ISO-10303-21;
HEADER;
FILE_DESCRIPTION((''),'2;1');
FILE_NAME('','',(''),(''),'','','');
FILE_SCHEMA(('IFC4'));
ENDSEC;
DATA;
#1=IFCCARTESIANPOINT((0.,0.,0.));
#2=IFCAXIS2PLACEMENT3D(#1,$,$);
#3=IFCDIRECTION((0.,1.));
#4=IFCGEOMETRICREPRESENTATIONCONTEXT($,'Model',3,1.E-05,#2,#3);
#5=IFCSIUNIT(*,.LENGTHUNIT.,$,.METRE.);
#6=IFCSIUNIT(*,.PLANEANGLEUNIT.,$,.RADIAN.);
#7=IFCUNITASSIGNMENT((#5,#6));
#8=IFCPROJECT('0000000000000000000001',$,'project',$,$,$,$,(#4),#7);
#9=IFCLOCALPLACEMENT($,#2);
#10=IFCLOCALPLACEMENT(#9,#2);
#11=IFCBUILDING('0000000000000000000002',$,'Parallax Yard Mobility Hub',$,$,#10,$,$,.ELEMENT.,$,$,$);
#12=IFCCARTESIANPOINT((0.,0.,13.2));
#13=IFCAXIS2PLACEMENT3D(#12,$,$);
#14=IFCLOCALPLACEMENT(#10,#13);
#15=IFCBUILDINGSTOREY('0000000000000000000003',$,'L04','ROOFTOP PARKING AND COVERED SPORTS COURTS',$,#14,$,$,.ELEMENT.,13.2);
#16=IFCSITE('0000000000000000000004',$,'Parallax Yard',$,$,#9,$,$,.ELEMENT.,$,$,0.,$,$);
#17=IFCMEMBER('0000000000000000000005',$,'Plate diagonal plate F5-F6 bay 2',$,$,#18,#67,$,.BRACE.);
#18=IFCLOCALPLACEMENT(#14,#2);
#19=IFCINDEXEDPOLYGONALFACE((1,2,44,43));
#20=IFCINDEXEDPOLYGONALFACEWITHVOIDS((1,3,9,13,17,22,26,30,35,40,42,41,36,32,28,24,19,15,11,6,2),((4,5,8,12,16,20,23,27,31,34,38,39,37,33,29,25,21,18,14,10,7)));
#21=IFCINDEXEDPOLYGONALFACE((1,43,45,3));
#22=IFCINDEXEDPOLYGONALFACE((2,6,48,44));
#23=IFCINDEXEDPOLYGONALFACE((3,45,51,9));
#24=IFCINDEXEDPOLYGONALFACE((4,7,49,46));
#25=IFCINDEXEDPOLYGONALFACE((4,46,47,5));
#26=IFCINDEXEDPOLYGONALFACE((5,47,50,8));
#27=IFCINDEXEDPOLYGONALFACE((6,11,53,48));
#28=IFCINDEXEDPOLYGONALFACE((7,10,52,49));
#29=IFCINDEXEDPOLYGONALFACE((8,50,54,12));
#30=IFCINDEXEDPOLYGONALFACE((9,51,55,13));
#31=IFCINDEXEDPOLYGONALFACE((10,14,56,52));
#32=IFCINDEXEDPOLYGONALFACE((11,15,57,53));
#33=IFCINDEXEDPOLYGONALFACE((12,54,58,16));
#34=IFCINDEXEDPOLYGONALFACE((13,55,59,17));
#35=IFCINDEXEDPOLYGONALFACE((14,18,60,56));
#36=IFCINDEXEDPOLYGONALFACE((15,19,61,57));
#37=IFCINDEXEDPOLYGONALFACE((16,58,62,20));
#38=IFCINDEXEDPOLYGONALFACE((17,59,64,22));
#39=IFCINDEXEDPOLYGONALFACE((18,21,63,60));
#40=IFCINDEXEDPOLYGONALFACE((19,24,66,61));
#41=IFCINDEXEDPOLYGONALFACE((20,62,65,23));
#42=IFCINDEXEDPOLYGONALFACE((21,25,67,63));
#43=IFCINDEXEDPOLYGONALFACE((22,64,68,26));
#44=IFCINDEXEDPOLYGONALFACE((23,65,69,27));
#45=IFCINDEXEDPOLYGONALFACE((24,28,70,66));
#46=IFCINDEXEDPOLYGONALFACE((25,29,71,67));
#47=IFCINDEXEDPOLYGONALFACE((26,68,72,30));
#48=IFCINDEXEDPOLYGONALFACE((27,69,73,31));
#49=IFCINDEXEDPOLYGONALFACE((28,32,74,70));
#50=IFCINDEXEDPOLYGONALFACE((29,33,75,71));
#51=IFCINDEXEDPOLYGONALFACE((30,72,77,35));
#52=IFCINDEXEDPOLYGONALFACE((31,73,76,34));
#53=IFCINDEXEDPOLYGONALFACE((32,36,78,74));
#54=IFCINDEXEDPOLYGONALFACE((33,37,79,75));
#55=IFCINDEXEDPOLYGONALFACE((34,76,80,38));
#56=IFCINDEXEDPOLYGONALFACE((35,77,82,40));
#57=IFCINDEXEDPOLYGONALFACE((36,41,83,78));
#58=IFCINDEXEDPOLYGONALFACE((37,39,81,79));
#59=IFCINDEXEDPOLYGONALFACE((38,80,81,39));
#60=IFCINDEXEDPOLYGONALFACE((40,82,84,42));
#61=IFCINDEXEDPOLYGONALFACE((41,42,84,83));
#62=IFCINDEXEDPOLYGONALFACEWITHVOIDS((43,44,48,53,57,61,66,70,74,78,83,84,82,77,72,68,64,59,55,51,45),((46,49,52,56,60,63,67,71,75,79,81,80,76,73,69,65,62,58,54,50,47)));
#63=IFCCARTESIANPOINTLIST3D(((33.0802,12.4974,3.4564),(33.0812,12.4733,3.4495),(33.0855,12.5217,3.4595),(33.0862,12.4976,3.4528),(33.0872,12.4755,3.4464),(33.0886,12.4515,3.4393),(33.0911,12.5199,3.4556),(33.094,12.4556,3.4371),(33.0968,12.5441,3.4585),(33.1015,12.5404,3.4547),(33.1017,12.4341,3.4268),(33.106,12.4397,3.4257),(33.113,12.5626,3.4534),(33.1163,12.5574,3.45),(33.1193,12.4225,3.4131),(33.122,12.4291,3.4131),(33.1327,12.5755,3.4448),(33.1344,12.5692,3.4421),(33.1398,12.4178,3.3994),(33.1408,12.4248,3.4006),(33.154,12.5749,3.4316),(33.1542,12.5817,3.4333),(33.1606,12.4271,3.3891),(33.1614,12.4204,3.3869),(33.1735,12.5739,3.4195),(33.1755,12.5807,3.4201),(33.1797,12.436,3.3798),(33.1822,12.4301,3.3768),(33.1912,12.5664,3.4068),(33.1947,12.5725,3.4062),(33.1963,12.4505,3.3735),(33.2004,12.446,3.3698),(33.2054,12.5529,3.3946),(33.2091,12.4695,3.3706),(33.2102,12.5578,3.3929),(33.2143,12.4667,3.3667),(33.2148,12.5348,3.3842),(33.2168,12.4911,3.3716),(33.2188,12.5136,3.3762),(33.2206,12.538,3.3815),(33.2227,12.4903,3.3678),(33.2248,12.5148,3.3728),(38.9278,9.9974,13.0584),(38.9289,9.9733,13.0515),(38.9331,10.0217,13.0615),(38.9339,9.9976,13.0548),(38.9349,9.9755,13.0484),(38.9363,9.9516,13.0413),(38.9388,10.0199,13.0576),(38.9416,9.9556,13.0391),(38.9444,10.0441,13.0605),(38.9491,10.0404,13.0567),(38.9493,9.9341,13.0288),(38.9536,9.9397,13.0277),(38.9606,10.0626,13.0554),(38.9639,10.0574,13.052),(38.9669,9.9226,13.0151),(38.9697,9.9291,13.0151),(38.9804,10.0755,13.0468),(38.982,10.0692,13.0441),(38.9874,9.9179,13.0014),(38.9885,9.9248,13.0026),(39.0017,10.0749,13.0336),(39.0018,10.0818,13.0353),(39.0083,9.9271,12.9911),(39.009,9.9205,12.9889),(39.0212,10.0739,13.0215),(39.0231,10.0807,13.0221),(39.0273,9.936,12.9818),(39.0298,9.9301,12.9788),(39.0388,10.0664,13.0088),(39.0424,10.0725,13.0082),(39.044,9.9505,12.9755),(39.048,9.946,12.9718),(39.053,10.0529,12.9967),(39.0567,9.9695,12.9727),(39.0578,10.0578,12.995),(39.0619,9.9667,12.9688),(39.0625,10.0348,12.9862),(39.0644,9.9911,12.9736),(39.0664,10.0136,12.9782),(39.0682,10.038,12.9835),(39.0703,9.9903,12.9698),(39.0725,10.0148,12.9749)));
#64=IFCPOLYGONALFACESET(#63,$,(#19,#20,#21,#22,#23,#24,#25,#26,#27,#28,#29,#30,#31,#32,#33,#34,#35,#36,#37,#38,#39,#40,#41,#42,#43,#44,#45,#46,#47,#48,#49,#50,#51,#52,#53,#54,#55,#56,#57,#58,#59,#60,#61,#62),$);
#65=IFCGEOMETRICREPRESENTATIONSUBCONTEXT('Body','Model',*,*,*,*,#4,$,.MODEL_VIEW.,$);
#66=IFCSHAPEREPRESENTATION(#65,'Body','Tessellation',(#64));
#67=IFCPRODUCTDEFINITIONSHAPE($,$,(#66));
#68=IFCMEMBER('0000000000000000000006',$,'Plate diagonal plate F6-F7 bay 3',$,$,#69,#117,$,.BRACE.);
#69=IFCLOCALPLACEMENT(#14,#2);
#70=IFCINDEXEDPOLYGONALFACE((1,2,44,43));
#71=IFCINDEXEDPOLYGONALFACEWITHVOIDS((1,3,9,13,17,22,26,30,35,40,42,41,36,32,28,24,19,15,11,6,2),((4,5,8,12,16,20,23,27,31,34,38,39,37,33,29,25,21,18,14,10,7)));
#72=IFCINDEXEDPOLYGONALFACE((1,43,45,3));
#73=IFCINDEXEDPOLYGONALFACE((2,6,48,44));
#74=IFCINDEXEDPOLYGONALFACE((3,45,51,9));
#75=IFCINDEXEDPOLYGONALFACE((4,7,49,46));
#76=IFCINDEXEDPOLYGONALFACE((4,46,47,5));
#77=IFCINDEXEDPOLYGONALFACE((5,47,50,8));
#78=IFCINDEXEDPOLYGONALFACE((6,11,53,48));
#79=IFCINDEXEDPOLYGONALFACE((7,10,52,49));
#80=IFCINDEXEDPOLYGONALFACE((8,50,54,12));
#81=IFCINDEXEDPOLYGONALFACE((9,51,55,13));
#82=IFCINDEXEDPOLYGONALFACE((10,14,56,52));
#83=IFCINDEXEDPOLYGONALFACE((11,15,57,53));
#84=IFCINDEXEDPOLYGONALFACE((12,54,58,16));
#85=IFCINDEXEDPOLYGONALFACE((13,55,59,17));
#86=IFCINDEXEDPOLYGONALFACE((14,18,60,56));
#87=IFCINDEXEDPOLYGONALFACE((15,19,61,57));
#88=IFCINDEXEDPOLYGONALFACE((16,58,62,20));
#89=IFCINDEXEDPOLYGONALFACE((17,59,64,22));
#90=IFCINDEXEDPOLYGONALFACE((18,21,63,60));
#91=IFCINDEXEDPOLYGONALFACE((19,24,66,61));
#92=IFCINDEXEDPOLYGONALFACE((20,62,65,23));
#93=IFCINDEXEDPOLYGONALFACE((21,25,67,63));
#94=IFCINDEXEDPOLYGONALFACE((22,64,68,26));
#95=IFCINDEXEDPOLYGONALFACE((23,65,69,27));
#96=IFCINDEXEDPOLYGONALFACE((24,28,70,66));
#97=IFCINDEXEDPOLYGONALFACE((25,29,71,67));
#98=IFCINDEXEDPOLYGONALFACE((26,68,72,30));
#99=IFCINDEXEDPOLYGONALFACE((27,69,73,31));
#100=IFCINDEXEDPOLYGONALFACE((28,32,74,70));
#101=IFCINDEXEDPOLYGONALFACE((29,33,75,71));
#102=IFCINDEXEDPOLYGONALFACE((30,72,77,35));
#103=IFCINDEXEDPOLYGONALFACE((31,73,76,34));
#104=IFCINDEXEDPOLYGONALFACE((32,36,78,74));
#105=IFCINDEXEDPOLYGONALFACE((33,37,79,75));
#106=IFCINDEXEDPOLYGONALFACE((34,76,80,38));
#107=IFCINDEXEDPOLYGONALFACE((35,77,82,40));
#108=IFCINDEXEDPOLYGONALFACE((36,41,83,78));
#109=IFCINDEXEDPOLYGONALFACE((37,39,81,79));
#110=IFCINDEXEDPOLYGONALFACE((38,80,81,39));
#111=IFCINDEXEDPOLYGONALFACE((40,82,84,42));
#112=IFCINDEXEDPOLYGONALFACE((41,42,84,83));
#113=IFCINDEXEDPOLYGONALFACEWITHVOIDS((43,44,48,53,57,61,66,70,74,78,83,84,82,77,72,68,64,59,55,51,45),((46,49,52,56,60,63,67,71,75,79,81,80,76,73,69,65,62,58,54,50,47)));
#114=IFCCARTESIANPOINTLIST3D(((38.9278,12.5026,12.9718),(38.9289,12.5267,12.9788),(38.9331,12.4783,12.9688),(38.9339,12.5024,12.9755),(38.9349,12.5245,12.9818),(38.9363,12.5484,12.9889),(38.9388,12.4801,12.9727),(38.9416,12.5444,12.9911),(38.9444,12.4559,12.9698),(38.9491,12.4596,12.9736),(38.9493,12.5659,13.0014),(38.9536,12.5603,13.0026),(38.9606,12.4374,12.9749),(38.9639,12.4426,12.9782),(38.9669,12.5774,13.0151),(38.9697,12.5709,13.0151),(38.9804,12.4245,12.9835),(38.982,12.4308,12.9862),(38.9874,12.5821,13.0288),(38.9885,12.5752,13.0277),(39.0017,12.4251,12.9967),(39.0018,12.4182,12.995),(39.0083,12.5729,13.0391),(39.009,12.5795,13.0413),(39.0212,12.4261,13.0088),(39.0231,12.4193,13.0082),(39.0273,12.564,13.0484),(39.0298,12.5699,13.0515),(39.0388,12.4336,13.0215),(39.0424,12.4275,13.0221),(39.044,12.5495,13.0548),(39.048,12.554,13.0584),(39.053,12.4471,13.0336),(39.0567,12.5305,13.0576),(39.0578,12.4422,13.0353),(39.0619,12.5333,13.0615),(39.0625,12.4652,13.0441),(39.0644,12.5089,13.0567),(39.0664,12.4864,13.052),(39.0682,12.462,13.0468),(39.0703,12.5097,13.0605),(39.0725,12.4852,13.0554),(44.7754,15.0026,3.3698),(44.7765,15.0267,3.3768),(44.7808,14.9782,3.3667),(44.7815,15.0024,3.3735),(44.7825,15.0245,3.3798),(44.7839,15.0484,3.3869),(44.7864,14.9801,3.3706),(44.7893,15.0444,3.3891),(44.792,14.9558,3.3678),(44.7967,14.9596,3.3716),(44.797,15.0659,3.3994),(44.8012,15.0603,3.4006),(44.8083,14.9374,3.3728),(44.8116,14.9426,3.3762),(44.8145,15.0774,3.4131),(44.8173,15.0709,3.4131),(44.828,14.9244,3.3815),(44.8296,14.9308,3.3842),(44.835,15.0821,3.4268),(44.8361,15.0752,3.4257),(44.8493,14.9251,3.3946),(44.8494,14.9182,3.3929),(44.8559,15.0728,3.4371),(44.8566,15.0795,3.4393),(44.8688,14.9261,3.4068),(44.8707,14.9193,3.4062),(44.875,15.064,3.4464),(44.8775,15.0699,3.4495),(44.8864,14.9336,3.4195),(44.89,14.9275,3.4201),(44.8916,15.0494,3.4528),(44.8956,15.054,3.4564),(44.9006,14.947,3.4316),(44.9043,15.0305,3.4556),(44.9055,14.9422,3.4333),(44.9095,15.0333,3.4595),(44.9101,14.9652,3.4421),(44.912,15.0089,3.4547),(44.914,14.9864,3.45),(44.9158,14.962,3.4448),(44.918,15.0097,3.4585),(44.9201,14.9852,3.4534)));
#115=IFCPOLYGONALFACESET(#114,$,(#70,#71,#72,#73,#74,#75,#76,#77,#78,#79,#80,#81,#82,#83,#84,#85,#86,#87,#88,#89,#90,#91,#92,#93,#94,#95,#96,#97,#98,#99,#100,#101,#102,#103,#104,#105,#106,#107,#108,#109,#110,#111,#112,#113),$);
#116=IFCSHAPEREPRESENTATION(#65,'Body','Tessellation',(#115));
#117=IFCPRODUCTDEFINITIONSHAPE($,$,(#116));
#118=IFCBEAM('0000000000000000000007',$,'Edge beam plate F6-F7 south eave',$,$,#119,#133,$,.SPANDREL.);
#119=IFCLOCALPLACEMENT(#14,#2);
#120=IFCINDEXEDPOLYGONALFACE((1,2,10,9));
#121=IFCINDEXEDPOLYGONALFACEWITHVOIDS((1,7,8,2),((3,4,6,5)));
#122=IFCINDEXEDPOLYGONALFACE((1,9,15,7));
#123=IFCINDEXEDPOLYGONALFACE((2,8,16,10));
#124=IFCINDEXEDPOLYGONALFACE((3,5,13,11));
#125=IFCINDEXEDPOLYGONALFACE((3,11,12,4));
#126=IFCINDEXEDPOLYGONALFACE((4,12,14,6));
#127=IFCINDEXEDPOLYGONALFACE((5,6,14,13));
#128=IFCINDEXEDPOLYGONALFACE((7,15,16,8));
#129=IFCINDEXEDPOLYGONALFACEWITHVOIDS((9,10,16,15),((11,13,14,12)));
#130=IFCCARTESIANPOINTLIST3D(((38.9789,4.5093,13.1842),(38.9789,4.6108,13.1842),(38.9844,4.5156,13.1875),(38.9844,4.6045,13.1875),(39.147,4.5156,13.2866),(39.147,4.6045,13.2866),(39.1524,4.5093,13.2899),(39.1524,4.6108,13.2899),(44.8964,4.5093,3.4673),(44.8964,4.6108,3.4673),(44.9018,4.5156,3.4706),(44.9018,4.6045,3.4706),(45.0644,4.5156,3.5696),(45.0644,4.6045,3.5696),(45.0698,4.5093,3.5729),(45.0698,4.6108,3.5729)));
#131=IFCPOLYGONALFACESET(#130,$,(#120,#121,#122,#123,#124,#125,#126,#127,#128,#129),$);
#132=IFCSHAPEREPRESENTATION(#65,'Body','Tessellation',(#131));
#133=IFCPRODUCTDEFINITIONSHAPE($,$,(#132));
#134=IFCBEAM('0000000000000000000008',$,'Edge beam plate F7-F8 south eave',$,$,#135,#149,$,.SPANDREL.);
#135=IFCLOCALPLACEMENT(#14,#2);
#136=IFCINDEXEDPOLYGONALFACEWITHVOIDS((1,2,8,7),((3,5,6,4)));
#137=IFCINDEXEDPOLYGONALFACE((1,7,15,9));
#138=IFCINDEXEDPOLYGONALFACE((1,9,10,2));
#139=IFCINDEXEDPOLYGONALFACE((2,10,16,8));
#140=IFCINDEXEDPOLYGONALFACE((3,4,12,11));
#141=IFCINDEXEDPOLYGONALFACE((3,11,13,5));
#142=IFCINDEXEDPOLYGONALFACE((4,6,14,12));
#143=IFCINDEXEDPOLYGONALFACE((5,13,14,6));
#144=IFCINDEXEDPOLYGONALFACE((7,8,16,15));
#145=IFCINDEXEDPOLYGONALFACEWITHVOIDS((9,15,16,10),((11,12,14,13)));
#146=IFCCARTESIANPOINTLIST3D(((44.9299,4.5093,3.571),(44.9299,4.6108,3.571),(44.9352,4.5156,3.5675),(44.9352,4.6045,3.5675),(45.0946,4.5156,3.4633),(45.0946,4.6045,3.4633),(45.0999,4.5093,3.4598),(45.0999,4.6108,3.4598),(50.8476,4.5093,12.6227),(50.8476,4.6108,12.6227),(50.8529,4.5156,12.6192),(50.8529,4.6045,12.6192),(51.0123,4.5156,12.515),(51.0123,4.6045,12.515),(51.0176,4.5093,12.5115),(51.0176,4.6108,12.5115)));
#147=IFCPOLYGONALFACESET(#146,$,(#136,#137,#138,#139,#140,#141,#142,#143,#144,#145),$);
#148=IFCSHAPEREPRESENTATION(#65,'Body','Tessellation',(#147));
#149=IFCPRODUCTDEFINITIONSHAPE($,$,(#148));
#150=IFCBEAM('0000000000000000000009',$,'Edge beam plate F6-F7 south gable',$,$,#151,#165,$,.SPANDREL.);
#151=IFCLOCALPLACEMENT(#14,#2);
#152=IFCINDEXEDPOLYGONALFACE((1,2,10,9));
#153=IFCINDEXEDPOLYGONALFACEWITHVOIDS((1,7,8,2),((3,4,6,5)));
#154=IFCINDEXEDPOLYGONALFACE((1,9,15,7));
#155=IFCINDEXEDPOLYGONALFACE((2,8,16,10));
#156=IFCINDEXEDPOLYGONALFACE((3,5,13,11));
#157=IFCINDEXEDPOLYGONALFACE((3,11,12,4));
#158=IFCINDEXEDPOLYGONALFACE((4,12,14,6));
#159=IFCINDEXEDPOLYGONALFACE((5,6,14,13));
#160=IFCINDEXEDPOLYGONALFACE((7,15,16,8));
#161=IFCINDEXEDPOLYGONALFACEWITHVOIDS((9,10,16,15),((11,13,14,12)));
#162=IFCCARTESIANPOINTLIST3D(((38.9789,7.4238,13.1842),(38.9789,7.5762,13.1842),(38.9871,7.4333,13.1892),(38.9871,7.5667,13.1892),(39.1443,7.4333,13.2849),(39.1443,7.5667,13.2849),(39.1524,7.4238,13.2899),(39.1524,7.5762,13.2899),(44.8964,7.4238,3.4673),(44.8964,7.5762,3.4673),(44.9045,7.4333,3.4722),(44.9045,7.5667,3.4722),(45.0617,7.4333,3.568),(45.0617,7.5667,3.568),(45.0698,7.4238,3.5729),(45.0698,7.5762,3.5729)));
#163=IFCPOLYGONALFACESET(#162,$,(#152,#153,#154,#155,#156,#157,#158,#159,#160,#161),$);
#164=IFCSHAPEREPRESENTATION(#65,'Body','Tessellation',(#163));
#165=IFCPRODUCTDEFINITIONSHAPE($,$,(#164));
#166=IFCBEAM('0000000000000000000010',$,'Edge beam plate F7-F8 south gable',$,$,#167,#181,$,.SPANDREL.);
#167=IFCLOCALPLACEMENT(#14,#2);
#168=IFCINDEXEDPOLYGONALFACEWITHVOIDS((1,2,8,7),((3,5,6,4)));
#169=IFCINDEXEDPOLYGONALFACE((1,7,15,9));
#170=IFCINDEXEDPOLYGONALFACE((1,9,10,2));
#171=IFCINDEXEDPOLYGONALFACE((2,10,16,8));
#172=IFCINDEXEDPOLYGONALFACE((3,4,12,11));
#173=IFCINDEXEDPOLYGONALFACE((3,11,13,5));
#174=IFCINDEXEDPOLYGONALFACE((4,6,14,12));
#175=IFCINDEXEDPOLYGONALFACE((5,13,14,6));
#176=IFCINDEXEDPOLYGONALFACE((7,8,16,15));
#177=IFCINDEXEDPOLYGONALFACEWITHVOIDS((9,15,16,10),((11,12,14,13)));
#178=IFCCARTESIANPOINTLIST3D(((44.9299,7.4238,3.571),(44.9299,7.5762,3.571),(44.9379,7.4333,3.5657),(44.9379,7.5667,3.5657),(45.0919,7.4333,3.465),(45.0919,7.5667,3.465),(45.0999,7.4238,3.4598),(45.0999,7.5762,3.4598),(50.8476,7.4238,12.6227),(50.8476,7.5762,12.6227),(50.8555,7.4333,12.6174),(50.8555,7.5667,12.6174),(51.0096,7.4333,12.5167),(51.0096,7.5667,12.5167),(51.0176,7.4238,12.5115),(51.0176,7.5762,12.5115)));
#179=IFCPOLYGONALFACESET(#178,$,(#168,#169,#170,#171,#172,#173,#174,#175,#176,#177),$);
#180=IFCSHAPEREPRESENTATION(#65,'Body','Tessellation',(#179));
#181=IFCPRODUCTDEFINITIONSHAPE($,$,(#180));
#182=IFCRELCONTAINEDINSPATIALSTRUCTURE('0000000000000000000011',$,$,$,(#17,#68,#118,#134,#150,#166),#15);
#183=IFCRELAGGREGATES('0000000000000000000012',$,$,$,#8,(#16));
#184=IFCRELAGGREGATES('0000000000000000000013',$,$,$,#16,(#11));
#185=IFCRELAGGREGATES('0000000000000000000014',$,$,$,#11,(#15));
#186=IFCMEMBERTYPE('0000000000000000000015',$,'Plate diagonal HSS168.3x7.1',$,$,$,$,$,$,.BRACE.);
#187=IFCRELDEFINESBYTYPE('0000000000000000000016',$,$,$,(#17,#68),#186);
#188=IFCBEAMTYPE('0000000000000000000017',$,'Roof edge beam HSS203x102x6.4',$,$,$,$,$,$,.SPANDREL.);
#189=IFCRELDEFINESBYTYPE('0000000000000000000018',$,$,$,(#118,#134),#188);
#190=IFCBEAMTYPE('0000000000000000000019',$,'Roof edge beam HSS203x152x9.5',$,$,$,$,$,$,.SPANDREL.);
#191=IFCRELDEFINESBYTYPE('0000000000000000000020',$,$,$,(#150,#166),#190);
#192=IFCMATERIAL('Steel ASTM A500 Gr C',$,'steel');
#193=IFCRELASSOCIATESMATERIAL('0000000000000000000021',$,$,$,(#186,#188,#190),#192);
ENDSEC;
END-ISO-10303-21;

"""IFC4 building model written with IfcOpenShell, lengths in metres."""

from ifc_helpers import new_model, si_unit, direction, frame, origin, origin_2d, place, context, subcontext, project, spatial, hollow_rectangle, hollow_circle, extrude, material, material_profile, profile_set, type_object, element, save


model = new_model("IFC4")

# Units and contexts
model_context = context("Model", 3, precision=1e-05, world=origin(), true_north=direction((0.0, 1.0)))
body_context = subcontext(model_context, "Body", "Model", "MODEL_VIEW")
ifc_project = project(units=[si_unit("LENGTHUNIT", "METRE"), si_unit("PLANEANGLEUNIT", "RADIAN")], contexts=[model_context])

# Site, building, storey
site_placement = place(None, origin())
site = spatial("IfcSite", under=ifc_project, at=site_placement, Name="Parallax Yard", CompositionType="ELEMENT", RefElevation=0.0)
building_placement = place(site_placement, origin())
building = spatial("IfcBuilding", under=site, at=building_placement, Name="Parallax Yard Mobility Hub", CompositionType="ELEMENT")
storey_placement = place(building_placement, frame((0.0, 0.0, 13.2)))
storey = spatial("IfcBuildingStorey", under=building, at=storey_placement, Name="L04", Description="ROOFTOP PARKING AND COVERED SPORTS COURTS", CompositionType="ELEMENT", Elevation=13.2)

# Members
ifc_material_1 = material(Name="Steel ASTM A500 Gr C", Category="steel")
ifc_material_profile_1 = material_profile(ifc_material_1, hollow_circle(Radius=0.0842, WallThickness=0.0071, at=origin_2d()), Name="HSS168.3x7.1")
ifc_profile_set_1 = profile_set([ifc_material_profile_1], Name="Steel ASTM A500 Gr C")
member_type_1 = type_object("IfcMemberType", Name="Plate diagonal HSS168.3x7.1", PredefinedType="BRACE", material=ifc_profile_set_1)
for number, where, z_axis, x_axis, name in (
    (1, (39.0, 10.0, 13.0151), (-0.507735, 0.217068, -0.833718), (-0.393104, -0.919494, 0.0), "Plate diagonal plate F5-F6 bay 2"),
    (2, (39.0, 12.5, 13.0151), (0.507735, 0.217068, -0.833718), (-0.393104, 0.919494, 0.0), "Plate diagonal plate F6-F7 bay 3"),
):
    element("IfcMember", number, at=place(storey_placement, frame(where, z_axis=z_axis, x_axis=x_axis)), inside=storey, type_object=member_type_1, Name=name, PredefinedType="BRACE", context=body_context, shape_type="SweptSolid", body=[
        extrude(hollow_circle(Radius=0.0842, WallThickness=0.0071, at=origin_2d()), origin(), (0.0, 0.0, 1.0), 11.5171),
    ])

# Beams
ifc_material_profile_2 = material_profile(ifc_material_1, hollow_rectangle(XDim=0.1016, YDim=0.2031, WallThickness=0.0063, at=origin_2d()), Name="HSS203x102x6.4")
ifc_profile_set_2 = profile_set([ifc_material_profile_2], Name="Steel ASTM A500 Gr C")
beam_type_1 = type_object("IfcBeamType", Name="Roof edge beam HSS203x102x6.4", PredefinedType="SPANDREL", material=ifc_profile_set_2)
beam_1_placement = place(storey_placement, frame((39.0657, 4.5601, 13.2371), z_axis=(0.520124, 0.0, -0.854091), x_axis=(0.0, 1.0, 0.0)))
element("IfcBeam", 3, at=beam_1_placement, inside=storey, type_object=beam_type_1, Name="Edge beam plate F6-F7 south eave", PredefinedType="SPANDREL", context=body_context, shape_type="SweptSolid", body=[
    extrude(hollow_rectangle(XDim=0.1016, YDim=0.2031, WallThickness=0.0063, at=origin_2d()), origin(), (0.0, 0.0, 1.0), 11.377),
])
beam_2_placement = place(storey_placement, frame((45.0149, 4.5601, 3.5154), z_axis=(0.547202, 0.0, 0.837001), x_axis=(0.0, 1.0, 0.0)))
element("IfcBeam", 4, at=beam_2_placement, inside=storey, type_object=beam_type_1, Name="Edge beam plate F7-F8 south eave", PredefinedType="SPANDREL", context=body_context, shape_type="SweptSolid", body=[
    extrude(hollow_rectangle(XDim=0.1016, YDim=0.2031, WallThickness=0.0063, at=origin_2d()), origin(), (0.0, 0.0, 1.0), 10.8145),
])
ifc_material_profile_3 = material_profile(ifc_material_1, hollow_rectangle(XDim=0.1523, YDim=0.2031, WallThickness=0.0095, at=origin_2d()), Name="HSS203x152x9.5")
ifc_profile_set_3 = profile_set([ifc_material_profile_3], Name="Steel ASTM A500 Gr C")
beam_type_2 = type_object("IfcBeamType", Name="Roof edge beam HSS203x152x9.5", PredefinedType="SPANDREL", material=ifc_profile_set_3)
beam_3_placement = place(storey_placement, frame((39.0657, 7.5, 13.2371), z_axis=(0.520124, 0.0, -0.854091), x_axis=(0.0, 1.0, 0.0)))
element("IfcBeam", 5, at=beam_3_placement, inside=storey, type_object=beam_type_2, Name="Edge beam plate F6-F7 south gable", PredefinedType="SPANDREL", context=body_context, shape_type="SweptSolid", body=[
    extrude(hollow_rectangle(XDim=0.1523, YDim=0.2031, WallThickness=0.0095, at=origin_2d()), origin(), (0.0, 0.0, 1.0), 11.377),
])
beam_4_placement = place(storey_placement, frame((45.0149, 7.5, 3.5154), z_axis=(0.547202, 0.0, 0.837001), x_axis=(0.0, 1.0, 0.0)))
element("IfcBeam", 6, at=beam_4_placement, inside=storey, type_object=beam_type_2, Name="Edge beam plate F7-F8 south gable", PredefinedType="SPANDREL", context=body_context, shape_type="SweptSolid", body=[
    extrude(hollow_rectangle(XDim=0.1523, YDim=0.2031, WallThickness=0.0095, at=origin_2d()), origin(), (0.0, 0.0, 1.0), 10.8145),
])

save(model, "model.ifc")
